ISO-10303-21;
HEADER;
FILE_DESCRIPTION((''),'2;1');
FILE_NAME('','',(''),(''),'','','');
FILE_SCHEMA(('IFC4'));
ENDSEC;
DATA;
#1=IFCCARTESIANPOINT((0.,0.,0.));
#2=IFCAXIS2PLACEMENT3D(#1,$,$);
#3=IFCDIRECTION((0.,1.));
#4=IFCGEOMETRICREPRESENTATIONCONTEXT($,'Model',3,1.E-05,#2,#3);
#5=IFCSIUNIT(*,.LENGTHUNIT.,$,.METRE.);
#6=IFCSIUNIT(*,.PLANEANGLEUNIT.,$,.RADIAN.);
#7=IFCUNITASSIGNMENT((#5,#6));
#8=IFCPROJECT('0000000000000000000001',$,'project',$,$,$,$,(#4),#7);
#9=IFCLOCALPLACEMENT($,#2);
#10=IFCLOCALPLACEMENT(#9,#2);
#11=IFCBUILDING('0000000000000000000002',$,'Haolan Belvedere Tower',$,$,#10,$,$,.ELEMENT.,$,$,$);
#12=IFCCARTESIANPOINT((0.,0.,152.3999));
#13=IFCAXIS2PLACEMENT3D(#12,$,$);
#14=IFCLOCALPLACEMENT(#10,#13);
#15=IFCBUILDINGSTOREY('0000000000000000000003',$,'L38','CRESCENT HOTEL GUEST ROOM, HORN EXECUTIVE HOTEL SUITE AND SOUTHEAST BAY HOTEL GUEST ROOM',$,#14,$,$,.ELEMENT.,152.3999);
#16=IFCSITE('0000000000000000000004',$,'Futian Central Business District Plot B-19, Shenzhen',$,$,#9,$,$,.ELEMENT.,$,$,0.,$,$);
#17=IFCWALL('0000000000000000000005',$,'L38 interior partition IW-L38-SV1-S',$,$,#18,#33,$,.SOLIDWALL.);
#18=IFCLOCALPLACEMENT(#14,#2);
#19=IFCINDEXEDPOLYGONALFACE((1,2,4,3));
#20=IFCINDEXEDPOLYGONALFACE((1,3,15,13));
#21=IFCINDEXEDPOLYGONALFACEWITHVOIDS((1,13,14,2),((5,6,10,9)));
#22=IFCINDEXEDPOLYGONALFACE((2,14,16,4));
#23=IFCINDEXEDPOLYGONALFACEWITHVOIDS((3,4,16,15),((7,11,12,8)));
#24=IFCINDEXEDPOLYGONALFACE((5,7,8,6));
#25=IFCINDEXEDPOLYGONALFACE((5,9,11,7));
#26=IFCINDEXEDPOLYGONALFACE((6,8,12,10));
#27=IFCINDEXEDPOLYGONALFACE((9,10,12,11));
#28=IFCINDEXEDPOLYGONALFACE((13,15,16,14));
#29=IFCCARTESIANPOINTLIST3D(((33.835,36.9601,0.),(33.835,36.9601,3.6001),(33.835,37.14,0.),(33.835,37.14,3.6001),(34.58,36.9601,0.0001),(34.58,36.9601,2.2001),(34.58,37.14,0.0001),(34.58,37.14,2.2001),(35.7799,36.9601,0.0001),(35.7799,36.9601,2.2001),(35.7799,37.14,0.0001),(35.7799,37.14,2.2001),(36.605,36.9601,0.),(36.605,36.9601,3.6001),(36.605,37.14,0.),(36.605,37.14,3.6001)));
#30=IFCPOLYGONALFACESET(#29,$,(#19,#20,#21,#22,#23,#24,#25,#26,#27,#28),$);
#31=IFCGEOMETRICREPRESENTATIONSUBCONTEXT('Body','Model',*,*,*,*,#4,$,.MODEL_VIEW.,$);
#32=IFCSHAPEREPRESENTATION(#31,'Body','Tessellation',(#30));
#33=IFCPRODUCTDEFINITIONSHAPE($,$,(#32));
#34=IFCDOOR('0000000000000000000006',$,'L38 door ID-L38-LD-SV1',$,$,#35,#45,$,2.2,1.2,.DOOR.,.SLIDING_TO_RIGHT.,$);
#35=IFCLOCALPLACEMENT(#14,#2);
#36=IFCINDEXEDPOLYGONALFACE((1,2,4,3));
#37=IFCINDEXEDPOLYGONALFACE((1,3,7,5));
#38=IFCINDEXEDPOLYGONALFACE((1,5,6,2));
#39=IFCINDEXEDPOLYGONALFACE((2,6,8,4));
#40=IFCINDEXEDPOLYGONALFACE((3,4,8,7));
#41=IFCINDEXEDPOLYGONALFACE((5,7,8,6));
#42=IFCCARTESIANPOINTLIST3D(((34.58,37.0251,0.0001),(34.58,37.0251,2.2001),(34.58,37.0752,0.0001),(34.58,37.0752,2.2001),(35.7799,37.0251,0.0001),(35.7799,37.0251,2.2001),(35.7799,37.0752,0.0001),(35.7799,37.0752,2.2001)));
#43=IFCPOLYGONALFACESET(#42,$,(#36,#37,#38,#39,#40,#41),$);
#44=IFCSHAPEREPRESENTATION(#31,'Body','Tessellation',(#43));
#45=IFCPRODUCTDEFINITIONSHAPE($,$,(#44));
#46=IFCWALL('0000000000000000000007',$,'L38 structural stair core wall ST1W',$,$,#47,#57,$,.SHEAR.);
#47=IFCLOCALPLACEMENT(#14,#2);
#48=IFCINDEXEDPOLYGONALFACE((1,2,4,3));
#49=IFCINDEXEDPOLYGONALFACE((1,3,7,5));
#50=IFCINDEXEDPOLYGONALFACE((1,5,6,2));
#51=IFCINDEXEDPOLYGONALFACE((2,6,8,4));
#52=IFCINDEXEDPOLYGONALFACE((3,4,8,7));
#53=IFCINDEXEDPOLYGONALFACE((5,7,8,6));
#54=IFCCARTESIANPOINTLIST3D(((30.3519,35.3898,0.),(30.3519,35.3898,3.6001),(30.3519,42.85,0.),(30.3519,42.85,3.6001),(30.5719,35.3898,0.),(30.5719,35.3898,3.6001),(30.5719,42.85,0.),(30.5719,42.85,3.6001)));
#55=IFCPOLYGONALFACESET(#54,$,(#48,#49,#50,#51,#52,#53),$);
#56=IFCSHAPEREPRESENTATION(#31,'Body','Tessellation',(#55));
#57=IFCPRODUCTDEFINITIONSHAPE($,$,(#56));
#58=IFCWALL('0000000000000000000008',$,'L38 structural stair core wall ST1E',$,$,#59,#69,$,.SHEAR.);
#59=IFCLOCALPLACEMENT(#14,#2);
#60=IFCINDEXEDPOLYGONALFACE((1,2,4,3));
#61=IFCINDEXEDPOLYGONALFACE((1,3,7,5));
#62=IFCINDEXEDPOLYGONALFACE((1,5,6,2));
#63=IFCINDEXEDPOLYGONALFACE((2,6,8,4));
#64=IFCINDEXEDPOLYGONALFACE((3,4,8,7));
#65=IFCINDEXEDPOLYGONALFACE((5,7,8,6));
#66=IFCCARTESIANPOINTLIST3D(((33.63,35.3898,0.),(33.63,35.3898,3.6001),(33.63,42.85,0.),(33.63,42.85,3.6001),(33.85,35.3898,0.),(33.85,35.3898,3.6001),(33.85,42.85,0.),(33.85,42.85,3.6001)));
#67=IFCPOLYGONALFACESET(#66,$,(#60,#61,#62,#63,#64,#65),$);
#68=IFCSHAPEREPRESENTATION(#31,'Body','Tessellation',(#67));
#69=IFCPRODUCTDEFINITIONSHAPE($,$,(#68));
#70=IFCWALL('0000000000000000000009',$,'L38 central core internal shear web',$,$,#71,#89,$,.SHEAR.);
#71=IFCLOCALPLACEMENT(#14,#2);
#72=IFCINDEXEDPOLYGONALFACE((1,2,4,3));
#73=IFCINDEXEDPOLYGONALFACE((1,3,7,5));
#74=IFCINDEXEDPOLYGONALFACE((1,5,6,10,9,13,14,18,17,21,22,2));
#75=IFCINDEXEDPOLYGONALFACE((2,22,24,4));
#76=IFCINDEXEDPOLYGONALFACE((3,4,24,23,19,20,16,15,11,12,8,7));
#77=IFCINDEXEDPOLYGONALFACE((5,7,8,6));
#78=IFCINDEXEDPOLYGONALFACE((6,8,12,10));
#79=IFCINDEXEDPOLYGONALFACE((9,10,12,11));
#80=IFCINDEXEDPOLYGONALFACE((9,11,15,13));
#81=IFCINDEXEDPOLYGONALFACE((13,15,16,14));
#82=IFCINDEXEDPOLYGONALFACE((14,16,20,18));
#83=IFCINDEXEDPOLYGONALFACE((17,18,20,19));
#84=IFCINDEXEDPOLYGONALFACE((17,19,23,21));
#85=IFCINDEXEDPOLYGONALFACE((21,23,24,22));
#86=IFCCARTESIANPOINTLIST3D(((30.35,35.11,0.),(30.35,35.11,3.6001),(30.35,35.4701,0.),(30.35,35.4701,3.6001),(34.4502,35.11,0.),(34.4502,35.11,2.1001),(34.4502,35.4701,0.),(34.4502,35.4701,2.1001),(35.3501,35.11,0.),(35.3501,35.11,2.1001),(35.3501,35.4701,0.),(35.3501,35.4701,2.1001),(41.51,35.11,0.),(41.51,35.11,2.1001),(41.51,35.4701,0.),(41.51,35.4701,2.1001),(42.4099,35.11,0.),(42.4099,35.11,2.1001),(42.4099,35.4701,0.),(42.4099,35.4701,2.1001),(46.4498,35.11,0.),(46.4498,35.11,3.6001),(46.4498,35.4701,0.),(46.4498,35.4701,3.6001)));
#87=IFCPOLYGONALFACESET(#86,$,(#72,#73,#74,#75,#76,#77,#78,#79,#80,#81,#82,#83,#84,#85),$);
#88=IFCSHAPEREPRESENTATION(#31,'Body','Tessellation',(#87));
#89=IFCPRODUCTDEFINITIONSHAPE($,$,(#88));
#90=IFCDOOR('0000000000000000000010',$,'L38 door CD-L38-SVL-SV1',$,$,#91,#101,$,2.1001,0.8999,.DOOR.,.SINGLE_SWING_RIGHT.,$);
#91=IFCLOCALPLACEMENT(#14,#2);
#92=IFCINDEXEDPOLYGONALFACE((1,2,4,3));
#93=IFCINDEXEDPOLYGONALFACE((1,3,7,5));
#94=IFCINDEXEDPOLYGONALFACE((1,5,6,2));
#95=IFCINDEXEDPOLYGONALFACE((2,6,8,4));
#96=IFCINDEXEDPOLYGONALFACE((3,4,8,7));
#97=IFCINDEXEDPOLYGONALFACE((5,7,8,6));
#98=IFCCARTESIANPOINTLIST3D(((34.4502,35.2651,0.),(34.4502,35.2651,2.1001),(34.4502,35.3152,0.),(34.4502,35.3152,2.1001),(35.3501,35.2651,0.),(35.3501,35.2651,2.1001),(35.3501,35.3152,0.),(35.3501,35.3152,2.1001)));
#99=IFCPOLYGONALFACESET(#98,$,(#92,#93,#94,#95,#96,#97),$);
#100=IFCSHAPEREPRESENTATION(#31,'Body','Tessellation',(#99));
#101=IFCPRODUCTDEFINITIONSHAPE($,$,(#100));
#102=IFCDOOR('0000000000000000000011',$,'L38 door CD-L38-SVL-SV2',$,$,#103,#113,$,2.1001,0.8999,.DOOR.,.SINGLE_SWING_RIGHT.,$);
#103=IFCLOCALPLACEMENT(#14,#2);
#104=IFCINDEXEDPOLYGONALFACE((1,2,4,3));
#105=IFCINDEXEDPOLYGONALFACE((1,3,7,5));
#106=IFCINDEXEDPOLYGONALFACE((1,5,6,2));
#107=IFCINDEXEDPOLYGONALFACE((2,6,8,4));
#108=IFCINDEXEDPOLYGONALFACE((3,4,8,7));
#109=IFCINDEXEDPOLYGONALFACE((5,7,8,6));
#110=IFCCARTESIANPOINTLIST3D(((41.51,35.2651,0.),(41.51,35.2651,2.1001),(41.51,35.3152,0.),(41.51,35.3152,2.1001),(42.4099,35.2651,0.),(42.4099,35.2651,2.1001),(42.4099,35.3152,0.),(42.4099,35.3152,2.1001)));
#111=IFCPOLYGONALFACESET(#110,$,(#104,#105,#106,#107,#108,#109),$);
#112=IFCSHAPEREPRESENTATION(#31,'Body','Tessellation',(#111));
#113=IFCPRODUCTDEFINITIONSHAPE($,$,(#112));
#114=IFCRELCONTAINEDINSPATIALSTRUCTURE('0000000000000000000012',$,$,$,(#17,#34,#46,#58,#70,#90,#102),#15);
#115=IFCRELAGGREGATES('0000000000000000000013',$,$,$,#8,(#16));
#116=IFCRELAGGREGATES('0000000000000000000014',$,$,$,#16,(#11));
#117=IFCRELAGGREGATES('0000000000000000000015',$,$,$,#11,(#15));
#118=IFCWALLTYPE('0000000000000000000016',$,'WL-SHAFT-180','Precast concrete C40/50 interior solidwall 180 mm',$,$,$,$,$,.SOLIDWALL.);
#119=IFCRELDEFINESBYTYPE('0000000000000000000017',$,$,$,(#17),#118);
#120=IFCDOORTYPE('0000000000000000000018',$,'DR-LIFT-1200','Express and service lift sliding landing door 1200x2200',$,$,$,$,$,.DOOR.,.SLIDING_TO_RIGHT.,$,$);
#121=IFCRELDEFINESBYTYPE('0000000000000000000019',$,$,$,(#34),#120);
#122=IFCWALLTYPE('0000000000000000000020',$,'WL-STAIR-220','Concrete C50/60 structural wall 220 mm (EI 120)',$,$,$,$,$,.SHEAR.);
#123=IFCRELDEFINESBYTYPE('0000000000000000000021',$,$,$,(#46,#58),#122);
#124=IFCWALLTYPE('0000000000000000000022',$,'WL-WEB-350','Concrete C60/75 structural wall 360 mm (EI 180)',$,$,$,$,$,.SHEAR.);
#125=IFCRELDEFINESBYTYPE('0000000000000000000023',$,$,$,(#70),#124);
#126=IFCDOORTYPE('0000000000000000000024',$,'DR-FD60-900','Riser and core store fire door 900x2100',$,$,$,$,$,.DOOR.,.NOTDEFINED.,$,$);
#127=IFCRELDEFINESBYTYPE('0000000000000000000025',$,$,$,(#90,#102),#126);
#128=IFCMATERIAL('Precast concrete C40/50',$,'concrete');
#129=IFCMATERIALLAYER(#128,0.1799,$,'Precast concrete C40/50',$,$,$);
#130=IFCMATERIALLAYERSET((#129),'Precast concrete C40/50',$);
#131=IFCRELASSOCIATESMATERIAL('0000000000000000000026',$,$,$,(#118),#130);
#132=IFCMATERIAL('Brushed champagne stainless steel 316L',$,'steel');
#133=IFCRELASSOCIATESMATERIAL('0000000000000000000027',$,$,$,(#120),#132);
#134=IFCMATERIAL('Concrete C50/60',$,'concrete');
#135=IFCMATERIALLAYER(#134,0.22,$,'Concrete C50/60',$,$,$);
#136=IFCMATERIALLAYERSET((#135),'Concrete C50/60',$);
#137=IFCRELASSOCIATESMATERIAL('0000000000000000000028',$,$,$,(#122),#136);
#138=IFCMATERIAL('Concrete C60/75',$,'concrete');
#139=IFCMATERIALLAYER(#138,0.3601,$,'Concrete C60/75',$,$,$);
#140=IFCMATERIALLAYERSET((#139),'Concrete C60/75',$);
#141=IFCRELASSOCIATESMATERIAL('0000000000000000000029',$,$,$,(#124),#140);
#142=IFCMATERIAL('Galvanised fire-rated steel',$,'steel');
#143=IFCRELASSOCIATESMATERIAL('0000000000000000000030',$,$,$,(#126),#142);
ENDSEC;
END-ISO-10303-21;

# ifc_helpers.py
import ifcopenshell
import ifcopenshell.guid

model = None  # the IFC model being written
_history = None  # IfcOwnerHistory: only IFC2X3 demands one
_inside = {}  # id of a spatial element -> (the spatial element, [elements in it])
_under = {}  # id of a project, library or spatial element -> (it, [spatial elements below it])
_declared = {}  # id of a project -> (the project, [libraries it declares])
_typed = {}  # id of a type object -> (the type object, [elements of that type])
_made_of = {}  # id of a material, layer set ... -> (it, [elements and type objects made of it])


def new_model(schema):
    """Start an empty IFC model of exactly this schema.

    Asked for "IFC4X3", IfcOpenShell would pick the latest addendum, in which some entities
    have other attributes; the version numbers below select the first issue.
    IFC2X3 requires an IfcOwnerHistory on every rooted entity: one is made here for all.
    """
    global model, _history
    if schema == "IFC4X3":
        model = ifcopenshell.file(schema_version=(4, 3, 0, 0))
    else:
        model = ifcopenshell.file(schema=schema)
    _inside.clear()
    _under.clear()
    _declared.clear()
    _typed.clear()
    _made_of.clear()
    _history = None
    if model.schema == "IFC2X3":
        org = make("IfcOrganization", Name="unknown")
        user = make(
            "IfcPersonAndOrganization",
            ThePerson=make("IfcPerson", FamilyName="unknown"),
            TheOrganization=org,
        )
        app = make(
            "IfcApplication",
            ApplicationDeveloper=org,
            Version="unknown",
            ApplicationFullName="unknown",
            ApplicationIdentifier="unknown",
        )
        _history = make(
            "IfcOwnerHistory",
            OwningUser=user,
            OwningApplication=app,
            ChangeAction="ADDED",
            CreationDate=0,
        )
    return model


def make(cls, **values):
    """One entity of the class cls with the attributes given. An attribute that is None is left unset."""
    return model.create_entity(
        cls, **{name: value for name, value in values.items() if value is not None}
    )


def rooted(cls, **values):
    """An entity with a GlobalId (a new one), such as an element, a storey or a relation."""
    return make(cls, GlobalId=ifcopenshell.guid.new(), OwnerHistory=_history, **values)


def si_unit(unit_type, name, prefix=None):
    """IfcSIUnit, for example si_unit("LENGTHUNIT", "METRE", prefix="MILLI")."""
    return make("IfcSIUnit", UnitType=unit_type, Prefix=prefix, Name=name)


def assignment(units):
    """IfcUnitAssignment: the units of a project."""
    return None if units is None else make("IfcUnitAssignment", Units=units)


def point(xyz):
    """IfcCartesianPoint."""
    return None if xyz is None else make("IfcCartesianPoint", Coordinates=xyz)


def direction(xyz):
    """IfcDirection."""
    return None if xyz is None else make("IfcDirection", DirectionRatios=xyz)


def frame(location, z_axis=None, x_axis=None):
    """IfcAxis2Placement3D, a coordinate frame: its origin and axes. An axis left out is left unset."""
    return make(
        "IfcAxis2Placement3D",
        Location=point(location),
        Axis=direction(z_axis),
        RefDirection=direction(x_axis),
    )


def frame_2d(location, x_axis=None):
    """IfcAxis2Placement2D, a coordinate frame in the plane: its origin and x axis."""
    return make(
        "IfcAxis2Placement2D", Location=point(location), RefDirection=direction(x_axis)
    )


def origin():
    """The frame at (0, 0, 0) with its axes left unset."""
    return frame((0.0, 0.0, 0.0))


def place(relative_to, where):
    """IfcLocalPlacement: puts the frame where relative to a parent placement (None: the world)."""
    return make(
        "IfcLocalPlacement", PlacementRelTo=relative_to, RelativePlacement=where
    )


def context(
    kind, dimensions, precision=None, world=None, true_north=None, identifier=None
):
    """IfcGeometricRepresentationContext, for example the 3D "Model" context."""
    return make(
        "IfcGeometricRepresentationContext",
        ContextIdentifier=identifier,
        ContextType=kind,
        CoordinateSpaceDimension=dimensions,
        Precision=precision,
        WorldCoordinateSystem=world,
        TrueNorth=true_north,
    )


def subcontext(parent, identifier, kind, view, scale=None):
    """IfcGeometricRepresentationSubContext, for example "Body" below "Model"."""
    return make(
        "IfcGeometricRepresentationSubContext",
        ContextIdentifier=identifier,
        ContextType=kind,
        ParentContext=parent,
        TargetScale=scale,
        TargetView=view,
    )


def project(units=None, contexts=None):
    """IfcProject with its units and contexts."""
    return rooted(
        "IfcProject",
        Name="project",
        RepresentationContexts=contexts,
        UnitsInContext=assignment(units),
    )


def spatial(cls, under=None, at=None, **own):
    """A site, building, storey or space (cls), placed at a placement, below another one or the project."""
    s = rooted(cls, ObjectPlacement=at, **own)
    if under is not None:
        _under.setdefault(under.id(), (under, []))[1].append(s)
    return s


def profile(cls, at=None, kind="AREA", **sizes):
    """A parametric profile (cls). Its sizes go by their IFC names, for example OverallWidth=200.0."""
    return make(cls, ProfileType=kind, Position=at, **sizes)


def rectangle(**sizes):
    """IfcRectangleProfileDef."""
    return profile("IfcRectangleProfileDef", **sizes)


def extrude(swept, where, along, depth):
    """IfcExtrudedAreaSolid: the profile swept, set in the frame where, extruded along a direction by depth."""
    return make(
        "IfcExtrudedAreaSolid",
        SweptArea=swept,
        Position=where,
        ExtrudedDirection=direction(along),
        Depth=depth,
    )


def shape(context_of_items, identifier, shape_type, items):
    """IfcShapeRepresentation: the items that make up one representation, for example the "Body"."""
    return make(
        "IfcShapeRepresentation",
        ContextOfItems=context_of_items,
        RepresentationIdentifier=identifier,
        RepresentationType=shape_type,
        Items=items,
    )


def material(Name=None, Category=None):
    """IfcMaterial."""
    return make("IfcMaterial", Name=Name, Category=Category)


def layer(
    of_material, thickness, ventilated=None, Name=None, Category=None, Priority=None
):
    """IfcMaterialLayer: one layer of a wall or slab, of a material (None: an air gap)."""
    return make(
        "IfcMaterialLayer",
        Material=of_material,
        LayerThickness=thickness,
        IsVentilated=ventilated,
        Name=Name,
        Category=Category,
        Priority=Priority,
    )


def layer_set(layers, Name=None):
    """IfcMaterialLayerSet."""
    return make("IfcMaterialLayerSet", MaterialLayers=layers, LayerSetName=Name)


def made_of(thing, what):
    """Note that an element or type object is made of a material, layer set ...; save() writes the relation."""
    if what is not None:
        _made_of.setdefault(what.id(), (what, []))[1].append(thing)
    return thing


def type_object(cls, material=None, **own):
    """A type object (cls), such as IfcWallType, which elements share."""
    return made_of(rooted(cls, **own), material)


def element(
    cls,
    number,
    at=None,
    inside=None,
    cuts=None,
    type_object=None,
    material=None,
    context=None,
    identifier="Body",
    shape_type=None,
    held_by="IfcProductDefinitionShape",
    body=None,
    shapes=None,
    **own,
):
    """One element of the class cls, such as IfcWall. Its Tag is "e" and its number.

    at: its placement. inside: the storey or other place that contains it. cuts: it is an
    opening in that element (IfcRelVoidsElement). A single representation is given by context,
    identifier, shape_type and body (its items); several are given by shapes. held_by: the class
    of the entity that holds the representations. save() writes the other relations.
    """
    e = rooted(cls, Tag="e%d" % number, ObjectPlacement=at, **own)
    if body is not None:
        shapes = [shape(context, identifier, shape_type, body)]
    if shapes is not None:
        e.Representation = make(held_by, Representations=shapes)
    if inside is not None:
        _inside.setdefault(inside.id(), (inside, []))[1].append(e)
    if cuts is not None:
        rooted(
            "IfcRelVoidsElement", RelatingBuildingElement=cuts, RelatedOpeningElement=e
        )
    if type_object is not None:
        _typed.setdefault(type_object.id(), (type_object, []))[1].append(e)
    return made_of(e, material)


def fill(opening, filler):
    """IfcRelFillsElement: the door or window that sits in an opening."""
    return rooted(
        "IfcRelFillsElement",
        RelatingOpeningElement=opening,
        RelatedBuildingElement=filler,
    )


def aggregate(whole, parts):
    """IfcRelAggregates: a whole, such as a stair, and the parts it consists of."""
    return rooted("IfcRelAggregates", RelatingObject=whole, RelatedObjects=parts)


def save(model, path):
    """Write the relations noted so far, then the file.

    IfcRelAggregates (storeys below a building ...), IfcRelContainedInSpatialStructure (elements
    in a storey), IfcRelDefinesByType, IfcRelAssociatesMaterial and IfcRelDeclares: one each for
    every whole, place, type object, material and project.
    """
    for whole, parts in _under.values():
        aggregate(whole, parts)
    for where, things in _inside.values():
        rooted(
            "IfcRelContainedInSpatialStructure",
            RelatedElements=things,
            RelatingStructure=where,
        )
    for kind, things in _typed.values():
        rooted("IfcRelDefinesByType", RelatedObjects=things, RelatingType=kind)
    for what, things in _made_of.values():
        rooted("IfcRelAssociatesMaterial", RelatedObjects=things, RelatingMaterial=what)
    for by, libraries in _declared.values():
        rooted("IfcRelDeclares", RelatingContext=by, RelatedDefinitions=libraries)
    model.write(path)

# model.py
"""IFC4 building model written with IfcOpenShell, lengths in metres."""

from ifc_helpers import new_model, si_unit, direction, frame, frame_2d, origin, place, context, subcontext, project, spatial, rectangle, extrude, material, layer, layer_set, type_object, element, fill, save


model = new_model("IFC4")

# Units and contexts
model_context = context("Model", 3, precision=1e-05, world=origin(), true_north=direction((0.0, 1.0)))
body_context = subcontext(model_context, "Body", "Model", "MODEL_VIEW")
ifc_project = project(units=[si_unit("LENGTHUNIT", "METRE"), si_unit("PLANEANGLEUNIT", "RADIAN")], contexts=[model_context])

# Site, building, storey
site_placement = place(None, origin())
site = spatial("IfcSite", under=ifc_project, at=site_placement, Name="Futian Central Business District Plot B-19, Shenzhen", CompositionType="ELEMENT", RefElevation=0.0)
building_placement = place(site_placement, origin())
building = spatial("IfcBuilding", under=site, at=building_placement, Name="Haolan Belvedere Tower", CompositionType="ELEMENT")
storey_placement = place(building_placement, frame((0.0, 0.0, 152.3999)))
storey = spatial("IfcBuildingStorey", under=building, at=storey_placement, Name="L38", Description="CRESCENT HOTEL GUEST ROOM, HORN EXECUTIVE HOTEL SUITE AND SOUTHEAST BAY HOTEL GUEST ROOM", CompositionType="ELEMENT", Elevation=152.3999)

# Shared definitions
ifc_material_1 = material(Name="Concrete C60/75", Category="concrete")

# Shared definitions
ifc_material_2 = material(Name="Brushed champagne stainless steel 316L", Category="steel")

# Wall, opening, door
ifc_material_3 = material(Name="Precast concrete C40/50", Category="concrete")
ifc_layer_1 = layer(ifc_material_3, 0.1799, Name="Precast concrete C40/50")
ifc_layer_set_1 = layer_set([ifc_layer_1], Name="Precast concrete C40/50")
wall_type_1 = type_object("IfcWallType", Name="WL-SHAFT-180", Description="Precast concrete C40/50 interior solidwall 180 mm", PredefinedType="SOLIDWALL", material=ifc_layer_set_1)
wall_1_placement = place(storey_placement, frame((33.835, 37.05, 0.0), z_axis=(0.0, 0.0, 1.0), x_axis=(1.0, 0.0, 0.0)))
wall_1 = element("IfcWall", 1, at=wall_1_placement, inside=storey, type_object=wall_type_1, Name="L38 interior partition IW-L38-SV1-S", PredefinedType="SOLIDWALL", context=body_context, shape_type="SweptSolid", body=[
    extrude(rectangle(XDim=2.77, YDim=0.1799, at=frame_2d((1.385, 0.0))), origin(), (0.0, 0.0, 1.0), 3.6001),
])
opening_1_placement = place(wall_1_placement, frame((1.9451, 0.0, 0.0), z_axis=(0.0, 0.0, 1.0), x_axis=(-1.0, 0.0, 0.0)))
opening_1 = element("IfcOpeningElement", 2, at=opening_1_placement, cuts=wall_1, PredefinedType="OPENING", context=body_context, shape_type="SweptSolid", body=[
    extrude(rectangle(XDim=1.2, YDim=2.2, at=frame_2d((0.6001, 1.1001))), frame((0.0, 0.0999, 0.0), z_axis=(0.0, -1.0, 0.0), x_axis=(1.0, 0.0, 0.0)), (0.0, 0.0, 1.0), 0.2),
])
door_type_1 = type_object("IfcDoorType", Name="DR-LIFT-1200", Description="Express and service lift sliding landing door 1200x2200", OperationType="SLIDING_TO_RIGHT", PredefinedType="DOOR", material=ifc_material_2)
door_1_placement = place(opening_1_placement, origin())
door_1 = element("IfcDoor", 3, at=door_1_placement, inside=storey, type_object=door_type_1, Name="L38 door ID-L38-LD-SV1", OperationType="SLIDING_TO_RIGHT", OverallHeight=2.2, OverallWidth=1.2, PredefinedType="DOOR", context=body_context, shape_type="SweptSolid", body=[
    extrude(rectangle(XDim=1.2, YDim=2.2, at=frame_2d((0.6001, 1.1001))), frame((0.0, 0.0249, 0.0), z_axis=(0.0, -1.0, 0.0), x_axis=(1.0, 0.0, 0.0)), (0.0, 0.0, 1.0), 0.05),
])
fill(opening_1, door_1)

# Walls
ifc_material_4 = material(Name="Concrete C50/60", Category="concrete")
ifc_layer_2 = layer(ifc_material_4, 0.22, Name="Concrete C50/60")
ifc_layer_set_2 = layer_set([ifc_layer_2], Name="Concrete C50/60")
wall_type_2 = type_object("IfcWallType", Name="WL-STAIR-220", Description="Concrete C50/60 structural wall 220 mm (EI 120)", PredefinedType="SHEAR", material=ifc_layer_set_2)
for number, where, z_axis, x_axis, name in (
    (4, (30.4619, 35.3899, 0.0), (0.0, 0.0, 1.0), (0.0, 1.0, 0.0), "L38 structural stair core wall ST1W"),
    (5, (33.74, 35.3899, 0.0), (0.0, 0.0, 1.0), (0.0, 1.0, 0.0), "L38 structural stair core wall ST1E"),
):
    element("IfcWall", number, at=place(storey_placement, frame(where, z_axis=z_axis, x_axis=x_axis)), inside=storey, type_object=wall_type_2, Name=name, PredefinedType="SHEAR", context=body_context, shape_type="SweptSolid", body=[
        extrude(rectangle(XDim=7.4602, YDim=0.22, at=frame_2d((3.73, 0.0))), origin(), (0.0, 0.0, 1.0), 3.6001),
    ])

# Wall, openings, doors
ifc_layer_3 = layer(ifc_material_1, 0.3601, Name="Concrete C60/75")
ifc_layer_set_3 = layer_set([ifc_layer_3], Name="Concrete C60/75")
wall_type_3 = type_object("IfcWallType", Name="WL-WEB-350", Description="Concrete C60/75 structural wall 360 mm (EI 180)", PredefinedType="SHEAR", material=ifc_layer_set_3)
wall_2_placement = place(storey_placement, frame((30.3501, 35.29, 0.0), z_axis=(0.0, 0.0, 1.0), x_axis=(1.0, 0.0, 0.0)))
wall_2 = element("IfcWall", 6, at=wall_2_placement, inside=storey, type_object=wall_type_3, Name="L38 central core internal shear web", PredefinedType="SHEAR", context=body_context, shape_type="SweptSolid", body=[
    extrude(rectangle(XDim=16.0999, YDim=0.3601, at=frame_2d((8.0498, 0.0))), origin(), (0.0, 0.0, 1.0), 3.6001),
])
opening_2_placement = place(wall_2_placement, frame((5.0, 0.0, 0.0), z_axis=(0.0, 0.0, 1.0), x_axis=(-1.0, 0.0, 0.0)))
opening_2 = element("IfcOpeningElement", 7, at=opening_2_placement, cuts=wall_2, PredefinedType="OPENING", context=body_context, shape_type="SweptSolid", body=[
    extrude(rectangle(XDim=0.8999, YDim=2.1001, at=frame_2d((0.45, 1.05))), frame((0.0, 0.1899, 0.0), z_axis=(0.0, -1.0, 0.0), x_axis=(1.0, 0.0, 0.0)), (0.0, 0.0, 1.0), 0.3801),
])
opening_3_placement = place(wall_2_placement, frame((12.0598, 0.0, 0.0), z_axis=(0.0, 0.0, 1.0), x_axis=(-1.0, 0.0, 0.0)))
opening_3 = element("IfcOpeningElement", 8, at=opening_3_placement, cuts=wall_2, PredefinedType="OPENING", context=body_context, shape_type="SweptSolid", body=[
    extrude(rectangle(XDim=0.8999, YDim=2.1001, at=frame_2d((0.45, 1.05))), frame((0.0, 0.1899, 0.0), z_axis=(0.0, -1.0, 0.0), x_axis=(1.0, 0.0, 0.0)), (0.0, 0.0, 1.0), 0.3801),
])
ifc_material_5 = material(Name="Galvanised fire-rated steel", Category="steel")
door_type_2 = type_object("IfcDoorType", Name="DR-FD60-900", Description="Riser and core store fire door 900x2100", OperationType="NOTDEFINED", PredefinedType="DOOR", material=ifc_material_5)
door_2_placement = place(opening_2_placement, origin())
door_2 = element("IfcDoor", 9, at=door_2_placement, inside=storey, type_object=door_type_2, Name="L38 door CD-L38-SVL-SV1", OperationType="SINGLE_SWING_RIGHT", OverallHeight=2.1001, OverallWidth=0.8999, PredefinedType="DOOR", context=body_context, shape_type="SweptSolid", body=[
    extrude(rectangle(XDim=0.8999, YDim=2.1001, at=frame_2d((0.45, 1.05))), frame((0.0, 0.0249, 0.0), z_axis=(0.0, -1.0, 0.0), x_axis=(1.0, 0.0, 0.0)), (0.0, 0.0, 1.0), 0.05),
])
fill(opening_2, door_2)
door_3_placement = place(opening_3_placement, origin())
door_3 = element("IfcDoor", 10, at=door_3_placement, inside=storey, type_object=door_type_2, Name="L38 door CD-L38-SVL-SV2", OperationType="SINGLE_SWING_RIGHT", OverallHeight=2.1001, OverallWidth=0.8999, PredefinedType="DOOR", context=body_context, shape_type="SweptSolid", body=[
    extrude(rectangle(XDim=0.8999, YDim=2.1001, at=frame_2d((0.45, 1.05))), frame((0.0, 0.0249, 0.0), z_axis=(0.0, -1.0, 0.0), x_axis=(1.0, 0.0, 0.0)), (0.0, 0.0, 1.0), 0.05),
])
fill(opening_3, door_3)

save(model, "model.ifc")
